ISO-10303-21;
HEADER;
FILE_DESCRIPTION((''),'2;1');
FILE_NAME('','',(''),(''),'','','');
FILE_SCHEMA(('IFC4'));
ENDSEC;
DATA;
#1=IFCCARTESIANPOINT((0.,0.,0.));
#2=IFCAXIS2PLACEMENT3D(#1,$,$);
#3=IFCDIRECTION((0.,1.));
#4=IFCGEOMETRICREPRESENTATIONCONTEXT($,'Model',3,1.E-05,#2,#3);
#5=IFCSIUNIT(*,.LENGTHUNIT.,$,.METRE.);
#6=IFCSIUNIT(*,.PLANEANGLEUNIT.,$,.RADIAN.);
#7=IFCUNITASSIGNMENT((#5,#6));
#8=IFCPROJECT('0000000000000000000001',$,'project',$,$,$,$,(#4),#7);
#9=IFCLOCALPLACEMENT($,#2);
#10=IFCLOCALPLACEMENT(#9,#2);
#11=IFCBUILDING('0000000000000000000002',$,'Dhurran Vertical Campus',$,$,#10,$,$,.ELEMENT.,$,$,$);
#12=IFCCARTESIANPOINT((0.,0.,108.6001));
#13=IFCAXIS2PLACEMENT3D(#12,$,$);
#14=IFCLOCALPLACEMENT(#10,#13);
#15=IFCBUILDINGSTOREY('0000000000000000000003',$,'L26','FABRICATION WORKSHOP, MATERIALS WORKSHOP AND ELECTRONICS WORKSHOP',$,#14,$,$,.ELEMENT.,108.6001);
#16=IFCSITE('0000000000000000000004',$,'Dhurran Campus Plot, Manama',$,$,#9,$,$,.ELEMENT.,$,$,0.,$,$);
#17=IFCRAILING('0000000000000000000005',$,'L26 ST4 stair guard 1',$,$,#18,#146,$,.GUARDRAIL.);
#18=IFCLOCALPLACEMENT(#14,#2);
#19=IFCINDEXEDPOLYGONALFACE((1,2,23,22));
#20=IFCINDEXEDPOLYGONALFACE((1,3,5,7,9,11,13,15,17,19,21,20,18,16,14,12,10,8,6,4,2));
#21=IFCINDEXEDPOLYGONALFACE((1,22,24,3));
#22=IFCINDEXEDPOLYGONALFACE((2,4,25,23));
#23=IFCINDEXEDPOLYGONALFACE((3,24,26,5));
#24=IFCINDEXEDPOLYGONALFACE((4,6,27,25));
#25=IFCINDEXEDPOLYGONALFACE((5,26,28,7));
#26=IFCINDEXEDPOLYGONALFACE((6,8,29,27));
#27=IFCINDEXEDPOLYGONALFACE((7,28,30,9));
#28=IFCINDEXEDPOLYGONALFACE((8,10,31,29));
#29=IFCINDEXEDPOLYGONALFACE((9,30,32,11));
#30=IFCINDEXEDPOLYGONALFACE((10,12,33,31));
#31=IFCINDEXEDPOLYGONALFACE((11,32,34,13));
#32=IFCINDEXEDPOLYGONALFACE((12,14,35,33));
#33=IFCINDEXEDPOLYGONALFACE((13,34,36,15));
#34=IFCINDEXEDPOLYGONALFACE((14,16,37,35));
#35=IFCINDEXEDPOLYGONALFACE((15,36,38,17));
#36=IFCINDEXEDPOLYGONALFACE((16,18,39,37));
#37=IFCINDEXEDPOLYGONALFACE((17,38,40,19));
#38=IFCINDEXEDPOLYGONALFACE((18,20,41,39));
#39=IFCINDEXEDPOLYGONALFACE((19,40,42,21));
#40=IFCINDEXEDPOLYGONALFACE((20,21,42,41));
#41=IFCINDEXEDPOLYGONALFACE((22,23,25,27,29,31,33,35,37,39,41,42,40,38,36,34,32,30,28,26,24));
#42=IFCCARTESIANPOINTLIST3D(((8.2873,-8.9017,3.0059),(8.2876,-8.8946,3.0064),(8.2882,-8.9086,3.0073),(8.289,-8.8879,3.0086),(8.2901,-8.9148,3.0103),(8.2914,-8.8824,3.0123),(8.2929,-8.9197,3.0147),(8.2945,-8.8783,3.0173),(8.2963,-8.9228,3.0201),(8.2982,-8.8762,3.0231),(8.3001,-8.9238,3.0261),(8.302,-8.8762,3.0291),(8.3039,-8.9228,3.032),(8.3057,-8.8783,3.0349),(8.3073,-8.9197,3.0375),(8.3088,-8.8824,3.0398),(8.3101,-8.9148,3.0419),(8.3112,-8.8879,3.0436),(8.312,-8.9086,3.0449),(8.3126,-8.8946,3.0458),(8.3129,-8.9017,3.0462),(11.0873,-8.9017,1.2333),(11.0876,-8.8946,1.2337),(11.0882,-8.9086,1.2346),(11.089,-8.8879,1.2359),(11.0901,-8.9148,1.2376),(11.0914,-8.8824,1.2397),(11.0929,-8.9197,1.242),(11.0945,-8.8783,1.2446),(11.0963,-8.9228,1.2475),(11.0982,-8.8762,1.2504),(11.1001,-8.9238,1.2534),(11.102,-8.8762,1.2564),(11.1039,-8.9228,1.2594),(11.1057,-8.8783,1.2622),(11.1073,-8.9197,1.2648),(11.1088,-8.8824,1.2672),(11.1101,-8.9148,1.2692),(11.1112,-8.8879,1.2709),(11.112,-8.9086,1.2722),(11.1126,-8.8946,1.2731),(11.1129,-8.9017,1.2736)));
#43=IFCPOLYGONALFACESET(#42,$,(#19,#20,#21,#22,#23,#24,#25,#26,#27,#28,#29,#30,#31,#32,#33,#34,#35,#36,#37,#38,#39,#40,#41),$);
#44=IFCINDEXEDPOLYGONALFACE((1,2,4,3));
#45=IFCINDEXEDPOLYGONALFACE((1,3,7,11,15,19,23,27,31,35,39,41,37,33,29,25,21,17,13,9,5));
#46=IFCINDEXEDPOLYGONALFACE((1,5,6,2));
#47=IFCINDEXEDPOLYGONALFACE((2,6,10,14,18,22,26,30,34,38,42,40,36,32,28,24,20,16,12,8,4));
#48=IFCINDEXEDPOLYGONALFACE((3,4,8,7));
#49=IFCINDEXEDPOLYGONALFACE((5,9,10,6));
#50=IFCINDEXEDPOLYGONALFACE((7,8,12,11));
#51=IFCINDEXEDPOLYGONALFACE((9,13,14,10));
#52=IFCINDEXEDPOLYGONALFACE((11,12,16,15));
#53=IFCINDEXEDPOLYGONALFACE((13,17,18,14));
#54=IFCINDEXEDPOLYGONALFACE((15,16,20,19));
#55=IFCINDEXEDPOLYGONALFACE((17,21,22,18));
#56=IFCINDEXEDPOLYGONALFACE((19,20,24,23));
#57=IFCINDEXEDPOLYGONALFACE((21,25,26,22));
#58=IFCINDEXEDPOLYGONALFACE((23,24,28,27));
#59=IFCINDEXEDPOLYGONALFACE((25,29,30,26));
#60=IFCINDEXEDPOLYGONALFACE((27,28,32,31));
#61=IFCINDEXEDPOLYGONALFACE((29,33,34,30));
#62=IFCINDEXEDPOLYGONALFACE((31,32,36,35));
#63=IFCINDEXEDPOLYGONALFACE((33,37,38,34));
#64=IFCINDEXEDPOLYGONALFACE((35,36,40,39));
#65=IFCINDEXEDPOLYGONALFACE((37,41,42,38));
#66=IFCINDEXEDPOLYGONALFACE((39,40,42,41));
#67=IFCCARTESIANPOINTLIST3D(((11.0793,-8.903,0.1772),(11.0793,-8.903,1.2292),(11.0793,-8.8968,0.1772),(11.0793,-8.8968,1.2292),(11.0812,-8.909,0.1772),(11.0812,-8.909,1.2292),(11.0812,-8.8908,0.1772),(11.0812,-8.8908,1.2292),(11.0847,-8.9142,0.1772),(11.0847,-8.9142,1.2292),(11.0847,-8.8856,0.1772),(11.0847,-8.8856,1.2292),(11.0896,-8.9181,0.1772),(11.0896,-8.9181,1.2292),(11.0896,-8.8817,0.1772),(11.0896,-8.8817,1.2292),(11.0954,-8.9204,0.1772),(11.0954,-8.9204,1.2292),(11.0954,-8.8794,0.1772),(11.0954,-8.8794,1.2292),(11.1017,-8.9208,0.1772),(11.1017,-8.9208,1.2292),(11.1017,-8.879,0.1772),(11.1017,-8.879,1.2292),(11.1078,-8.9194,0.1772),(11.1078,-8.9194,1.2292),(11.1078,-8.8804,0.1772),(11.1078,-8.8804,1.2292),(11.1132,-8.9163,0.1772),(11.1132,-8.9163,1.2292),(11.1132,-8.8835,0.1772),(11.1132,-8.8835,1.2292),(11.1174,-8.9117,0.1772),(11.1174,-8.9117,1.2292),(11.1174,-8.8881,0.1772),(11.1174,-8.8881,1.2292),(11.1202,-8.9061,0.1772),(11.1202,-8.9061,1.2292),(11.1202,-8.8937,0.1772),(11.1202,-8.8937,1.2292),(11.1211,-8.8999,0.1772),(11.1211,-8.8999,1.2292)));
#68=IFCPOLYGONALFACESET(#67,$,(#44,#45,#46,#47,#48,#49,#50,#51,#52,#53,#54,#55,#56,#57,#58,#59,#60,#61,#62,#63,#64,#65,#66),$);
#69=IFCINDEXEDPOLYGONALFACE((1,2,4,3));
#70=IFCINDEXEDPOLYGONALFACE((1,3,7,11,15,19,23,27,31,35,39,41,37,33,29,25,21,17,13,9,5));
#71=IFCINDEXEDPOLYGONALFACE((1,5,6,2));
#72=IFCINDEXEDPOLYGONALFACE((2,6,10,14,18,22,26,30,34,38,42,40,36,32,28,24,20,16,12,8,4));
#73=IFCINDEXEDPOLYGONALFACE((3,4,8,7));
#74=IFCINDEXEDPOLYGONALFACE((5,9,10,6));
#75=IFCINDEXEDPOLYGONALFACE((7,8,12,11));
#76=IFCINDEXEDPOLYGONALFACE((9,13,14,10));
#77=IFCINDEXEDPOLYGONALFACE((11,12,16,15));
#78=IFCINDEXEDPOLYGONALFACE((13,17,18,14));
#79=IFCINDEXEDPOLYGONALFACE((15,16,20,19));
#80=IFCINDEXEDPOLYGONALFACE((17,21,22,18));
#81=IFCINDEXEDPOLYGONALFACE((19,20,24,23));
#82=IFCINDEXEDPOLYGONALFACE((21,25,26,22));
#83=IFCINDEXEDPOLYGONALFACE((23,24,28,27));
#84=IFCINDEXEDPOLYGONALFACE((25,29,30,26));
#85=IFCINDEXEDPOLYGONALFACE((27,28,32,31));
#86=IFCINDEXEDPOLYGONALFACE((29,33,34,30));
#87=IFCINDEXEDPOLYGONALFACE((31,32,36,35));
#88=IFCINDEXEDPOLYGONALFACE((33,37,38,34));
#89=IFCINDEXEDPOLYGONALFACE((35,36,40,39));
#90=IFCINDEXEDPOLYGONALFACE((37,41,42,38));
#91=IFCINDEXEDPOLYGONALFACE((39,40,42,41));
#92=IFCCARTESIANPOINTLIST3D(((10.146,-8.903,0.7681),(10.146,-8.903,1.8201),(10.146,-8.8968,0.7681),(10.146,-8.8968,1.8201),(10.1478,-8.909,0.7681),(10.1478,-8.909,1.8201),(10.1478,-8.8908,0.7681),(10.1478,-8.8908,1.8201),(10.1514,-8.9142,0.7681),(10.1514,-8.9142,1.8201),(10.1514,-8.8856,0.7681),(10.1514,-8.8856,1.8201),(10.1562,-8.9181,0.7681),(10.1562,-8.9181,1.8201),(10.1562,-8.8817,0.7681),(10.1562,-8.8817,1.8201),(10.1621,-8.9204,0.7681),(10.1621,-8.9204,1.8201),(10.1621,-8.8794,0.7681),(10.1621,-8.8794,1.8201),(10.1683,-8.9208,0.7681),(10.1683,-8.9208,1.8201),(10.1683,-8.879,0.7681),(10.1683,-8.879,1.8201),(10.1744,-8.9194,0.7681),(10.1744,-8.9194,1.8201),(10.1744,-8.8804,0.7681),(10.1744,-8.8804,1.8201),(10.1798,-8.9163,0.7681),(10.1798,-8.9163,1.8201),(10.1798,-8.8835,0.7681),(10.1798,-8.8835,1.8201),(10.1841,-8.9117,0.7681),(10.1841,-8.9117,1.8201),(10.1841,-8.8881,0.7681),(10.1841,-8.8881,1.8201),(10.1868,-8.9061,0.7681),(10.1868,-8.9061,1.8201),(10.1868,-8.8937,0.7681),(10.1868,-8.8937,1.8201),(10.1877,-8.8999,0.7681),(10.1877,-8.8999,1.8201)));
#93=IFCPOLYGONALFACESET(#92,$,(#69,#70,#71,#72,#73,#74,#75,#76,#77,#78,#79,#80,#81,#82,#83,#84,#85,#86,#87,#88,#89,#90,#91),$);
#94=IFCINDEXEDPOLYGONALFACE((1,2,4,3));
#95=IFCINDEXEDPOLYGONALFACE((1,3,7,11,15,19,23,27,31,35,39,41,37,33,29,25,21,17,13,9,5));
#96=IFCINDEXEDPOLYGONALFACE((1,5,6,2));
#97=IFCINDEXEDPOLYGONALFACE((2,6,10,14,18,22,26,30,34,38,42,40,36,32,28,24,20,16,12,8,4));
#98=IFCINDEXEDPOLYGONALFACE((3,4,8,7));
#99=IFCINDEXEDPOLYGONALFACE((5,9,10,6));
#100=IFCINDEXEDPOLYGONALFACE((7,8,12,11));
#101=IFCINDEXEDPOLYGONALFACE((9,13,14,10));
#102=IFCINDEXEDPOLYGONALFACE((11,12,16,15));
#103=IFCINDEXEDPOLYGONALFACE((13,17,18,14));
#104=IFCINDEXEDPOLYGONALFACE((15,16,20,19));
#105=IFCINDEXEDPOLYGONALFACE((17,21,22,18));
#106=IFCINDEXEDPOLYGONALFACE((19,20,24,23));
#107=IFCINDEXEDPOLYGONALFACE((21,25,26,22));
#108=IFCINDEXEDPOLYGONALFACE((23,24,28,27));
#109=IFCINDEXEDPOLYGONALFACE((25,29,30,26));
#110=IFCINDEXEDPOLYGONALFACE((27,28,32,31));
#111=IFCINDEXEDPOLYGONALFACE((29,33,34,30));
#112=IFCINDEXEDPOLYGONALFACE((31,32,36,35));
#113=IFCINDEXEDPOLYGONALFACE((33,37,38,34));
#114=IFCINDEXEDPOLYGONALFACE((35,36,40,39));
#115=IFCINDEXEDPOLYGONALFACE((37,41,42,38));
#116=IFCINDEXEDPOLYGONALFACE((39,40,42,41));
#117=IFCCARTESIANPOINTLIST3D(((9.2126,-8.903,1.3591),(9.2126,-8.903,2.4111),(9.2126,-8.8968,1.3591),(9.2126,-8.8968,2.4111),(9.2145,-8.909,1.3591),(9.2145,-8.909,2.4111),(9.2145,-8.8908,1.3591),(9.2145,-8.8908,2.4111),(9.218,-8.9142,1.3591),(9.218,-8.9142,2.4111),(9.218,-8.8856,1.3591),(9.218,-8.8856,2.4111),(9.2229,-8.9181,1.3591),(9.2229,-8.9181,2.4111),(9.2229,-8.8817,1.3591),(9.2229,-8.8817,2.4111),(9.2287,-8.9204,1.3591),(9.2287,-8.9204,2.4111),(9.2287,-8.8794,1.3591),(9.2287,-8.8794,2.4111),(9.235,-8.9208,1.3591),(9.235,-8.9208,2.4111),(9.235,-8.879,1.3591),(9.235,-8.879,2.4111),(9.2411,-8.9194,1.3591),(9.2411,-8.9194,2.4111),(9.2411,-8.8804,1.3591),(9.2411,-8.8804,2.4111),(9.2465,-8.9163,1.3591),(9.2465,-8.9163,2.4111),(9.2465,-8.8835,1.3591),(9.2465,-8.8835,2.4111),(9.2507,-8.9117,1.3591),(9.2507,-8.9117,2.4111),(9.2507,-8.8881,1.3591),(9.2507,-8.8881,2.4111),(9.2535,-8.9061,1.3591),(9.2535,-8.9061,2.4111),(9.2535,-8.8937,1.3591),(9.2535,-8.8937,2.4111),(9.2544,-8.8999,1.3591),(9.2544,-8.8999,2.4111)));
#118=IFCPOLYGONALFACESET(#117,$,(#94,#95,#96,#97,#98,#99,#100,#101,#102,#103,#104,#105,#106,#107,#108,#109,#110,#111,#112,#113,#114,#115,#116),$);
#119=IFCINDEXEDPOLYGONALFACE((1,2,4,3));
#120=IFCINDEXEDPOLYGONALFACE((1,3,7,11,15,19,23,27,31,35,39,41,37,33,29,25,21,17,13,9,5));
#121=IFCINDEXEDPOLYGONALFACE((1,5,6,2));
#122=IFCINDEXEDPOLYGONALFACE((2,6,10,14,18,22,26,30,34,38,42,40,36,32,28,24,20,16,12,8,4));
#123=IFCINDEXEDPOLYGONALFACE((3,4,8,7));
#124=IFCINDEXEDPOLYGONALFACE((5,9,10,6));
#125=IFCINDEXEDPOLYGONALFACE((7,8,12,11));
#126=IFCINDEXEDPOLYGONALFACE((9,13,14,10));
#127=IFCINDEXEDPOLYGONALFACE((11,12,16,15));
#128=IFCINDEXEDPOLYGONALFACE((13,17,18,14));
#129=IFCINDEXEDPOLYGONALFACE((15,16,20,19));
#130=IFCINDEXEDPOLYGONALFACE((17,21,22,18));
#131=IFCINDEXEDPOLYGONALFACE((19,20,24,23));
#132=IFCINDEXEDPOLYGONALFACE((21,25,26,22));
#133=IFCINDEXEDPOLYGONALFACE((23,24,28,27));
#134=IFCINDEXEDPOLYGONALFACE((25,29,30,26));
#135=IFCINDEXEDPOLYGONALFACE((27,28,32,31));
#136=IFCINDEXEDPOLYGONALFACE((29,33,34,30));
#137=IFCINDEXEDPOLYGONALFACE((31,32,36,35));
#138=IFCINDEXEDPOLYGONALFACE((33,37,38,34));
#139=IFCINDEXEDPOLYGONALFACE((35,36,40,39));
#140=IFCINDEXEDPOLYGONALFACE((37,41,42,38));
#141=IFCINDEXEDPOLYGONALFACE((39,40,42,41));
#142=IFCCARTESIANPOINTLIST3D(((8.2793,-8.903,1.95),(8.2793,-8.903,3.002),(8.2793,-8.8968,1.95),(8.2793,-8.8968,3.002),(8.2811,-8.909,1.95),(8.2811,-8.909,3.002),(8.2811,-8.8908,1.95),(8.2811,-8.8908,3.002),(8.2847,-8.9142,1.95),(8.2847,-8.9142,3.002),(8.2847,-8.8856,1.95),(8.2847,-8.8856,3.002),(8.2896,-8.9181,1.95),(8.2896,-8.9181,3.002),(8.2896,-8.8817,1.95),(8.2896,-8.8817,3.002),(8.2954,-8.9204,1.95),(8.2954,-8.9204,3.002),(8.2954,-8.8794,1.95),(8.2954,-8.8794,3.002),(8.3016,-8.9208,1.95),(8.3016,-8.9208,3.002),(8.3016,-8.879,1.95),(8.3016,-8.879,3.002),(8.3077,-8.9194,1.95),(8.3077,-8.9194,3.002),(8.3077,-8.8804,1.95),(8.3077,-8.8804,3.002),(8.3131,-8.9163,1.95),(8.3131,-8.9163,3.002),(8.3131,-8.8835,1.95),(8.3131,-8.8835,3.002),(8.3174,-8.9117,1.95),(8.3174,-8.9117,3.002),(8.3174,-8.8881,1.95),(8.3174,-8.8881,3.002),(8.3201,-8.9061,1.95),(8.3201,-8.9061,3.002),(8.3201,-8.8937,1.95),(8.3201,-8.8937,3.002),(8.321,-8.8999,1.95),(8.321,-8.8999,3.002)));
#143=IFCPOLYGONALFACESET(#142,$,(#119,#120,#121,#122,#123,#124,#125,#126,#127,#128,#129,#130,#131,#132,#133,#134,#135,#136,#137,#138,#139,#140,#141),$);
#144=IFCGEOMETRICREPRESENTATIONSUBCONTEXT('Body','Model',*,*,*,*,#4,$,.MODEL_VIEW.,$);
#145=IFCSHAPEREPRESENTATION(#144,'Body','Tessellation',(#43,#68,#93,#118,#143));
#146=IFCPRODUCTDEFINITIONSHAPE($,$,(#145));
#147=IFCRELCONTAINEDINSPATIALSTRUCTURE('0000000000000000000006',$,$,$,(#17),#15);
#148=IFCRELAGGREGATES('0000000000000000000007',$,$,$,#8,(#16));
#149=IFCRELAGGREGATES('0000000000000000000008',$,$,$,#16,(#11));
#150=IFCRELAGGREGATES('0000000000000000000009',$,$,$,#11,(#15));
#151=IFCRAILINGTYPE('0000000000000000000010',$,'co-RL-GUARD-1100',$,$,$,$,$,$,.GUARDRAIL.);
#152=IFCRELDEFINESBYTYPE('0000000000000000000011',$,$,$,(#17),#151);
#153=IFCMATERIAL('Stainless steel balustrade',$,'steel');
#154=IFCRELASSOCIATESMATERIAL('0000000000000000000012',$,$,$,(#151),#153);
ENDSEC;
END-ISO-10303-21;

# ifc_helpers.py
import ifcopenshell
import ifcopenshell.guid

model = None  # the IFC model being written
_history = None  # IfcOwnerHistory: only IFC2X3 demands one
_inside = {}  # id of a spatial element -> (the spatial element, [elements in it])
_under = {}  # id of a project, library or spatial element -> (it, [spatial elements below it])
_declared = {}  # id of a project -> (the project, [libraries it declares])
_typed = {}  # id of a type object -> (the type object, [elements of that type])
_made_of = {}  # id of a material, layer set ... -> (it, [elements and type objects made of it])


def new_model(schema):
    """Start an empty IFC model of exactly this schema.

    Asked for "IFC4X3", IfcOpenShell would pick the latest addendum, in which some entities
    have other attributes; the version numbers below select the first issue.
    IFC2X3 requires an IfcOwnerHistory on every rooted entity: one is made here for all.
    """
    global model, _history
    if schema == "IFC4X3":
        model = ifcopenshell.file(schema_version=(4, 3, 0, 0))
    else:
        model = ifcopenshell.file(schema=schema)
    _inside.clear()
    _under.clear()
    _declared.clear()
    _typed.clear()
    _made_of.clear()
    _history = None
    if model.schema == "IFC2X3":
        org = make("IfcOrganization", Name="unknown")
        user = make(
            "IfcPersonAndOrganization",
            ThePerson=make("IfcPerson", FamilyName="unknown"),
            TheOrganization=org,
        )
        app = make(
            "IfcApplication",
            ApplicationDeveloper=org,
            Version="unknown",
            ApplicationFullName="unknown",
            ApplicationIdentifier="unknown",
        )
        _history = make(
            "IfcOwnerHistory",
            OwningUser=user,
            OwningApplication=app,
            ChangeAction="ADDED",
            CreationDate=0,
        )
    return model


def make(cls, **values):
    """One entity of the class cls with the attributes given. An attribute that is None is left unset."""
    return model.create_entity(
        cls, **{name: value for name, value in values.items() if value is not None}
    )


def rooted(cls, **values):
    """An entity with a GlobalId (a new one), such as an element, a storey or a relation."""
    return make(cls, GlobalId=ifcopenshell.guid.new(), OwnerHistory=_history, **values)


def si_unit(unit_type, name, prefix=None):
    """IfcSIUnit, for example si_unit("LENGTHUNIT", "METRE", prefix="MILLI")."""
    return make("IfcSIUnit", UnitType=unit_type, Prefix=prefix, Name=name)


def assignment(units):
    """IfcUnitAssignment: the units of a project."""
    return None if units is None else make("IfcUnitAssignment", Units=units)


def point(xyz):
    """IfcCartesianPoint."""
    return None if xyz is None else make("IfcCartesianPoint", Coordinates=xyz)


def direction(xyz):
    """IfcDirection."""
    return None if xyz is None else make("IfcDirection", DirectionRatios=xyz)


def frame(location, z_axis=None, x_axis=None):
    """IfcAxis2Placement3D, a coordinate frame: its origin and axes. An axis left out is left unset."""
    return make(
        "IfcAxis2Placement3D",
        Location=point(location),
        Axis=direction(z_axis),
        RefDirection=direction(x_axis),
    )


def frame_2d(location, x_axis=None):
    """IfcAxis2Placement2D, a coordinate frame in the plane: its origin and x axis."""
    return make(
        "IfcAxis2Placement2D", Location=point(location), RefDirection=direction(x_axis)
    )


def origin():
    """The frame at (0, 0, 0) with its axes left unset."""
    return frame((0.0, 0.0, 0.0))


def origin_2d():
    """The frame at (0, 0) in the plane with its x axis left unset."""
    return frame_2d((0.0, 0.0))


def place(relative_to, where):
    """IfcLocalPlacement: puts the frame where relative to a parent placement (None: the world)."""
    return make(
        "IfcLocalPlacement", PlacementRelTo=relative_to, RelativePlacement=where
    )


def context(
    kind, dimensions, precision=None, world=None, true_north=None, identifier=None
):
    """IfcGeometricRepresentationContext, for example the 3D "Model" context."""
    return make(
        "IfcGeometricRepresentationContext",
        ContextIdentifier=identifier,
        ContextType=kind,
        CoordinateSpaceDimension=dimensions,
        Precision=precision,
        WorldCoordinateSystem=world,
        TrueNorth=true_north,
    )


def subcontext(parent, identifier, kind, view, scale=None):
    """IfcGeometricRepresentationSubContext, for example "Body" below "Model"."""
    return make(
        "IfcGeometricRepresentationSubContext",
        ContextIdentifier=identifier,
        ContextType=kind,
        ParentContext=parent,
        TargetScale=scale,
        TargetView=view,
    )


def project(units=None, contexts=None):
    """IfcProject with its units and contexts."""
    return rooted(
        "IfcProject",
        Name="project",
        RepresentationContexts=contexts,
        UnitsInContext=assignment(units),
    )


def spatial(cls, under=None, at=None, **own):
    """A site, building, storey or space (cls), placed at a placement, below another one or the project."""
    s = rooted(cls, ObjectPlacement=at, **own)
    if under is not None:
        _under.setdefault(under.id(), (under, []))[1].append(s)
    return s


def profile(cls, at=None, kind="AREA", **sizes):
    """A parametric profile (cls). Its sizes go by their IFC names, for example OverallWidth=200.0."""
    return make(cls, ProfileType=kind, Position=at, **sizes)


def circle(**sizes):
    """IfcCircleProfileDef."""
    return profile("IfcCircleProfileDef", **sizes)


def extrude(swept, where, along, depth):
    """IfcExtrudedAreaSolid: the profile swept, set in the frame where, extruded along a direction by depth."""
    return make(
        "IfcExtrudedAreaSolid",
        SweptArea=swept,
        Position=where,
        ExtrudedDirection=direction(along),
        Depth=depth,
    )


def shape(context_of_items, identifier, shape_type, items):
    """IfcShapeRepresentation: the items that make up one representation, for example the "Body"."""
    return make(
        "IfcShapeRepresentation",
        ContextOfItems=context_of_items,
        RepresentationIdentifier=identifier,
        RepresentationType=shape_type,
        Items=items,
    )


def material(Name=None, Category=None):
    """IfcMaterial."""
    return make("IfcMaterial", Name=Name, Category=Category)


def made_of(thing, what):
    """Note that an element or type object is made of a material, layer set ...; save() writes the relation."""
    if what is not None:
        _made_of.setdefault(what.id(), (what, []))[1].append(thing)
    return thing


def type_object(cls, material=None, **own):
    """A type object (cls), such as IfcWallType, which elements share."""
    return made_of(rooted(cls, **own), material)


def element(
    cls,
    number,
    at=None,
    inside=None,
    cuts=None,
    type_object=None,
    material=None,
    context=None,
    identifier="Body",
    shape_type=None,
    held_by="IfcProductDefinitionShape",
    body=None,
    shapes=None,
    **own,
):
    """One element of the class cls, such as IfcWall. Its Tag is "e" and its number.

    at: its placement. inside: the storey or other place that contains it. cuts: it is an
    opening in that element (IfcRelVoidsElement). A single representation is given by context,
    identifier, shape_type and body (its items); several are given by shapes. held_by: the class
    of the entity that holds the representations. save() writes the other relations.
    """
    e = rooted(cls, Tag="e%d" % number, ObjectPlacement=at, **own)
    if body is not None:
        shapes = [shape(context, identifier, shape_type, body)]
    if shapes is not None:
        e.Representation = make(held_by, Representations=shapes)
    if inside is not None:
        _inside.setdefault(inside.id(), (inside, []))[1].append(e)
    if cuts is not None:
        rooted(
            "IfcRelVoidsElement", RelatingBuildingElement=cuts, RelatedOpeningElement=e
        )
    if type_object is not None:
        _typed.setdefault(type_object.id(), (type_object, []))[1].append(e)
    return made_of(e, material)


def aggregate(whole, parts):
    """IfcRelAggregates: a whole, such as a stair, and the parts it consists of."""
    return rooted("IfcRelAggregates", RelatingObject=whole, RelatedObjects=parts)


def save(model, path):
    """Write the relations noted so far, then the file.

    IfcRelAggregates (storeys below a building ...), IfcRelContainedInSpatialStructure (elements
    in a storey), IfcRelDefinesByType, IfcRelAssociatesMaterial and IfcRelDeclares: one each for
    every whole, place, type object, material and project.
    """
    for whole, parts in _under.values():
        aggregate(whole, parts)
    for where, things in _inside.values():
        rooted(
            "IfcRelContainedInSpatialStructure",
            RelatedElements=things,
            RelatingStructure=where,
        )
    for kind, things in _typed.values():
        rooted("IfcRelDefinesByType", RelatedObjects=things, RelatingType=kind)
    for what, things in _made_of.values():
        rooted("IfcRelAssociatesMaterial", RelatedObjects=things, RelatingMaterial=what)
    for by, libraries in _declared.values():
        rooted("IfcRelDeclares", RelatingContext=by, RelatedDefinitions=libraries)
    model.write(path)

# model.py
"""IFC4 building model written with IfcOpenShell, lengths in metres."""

from ifc_helpers import new_model, si_unit, direction, frame, origin, origin_2d, place, context, subcontext, project, spatial, circle, extrude, material, type_object, element, save


model = new_model("IFC4")

# Units and contexts
model_context = context("Model", 3, precision=1e-05, world=origin(), true_north=direction((0.0, 1.0)))
body_context = subcontext(model_context, "Body", "Model", "MODEL_VIEW")
ifc_project = project(units=[si_unit("LENGTHUNIT", "METRE"), si_unit("PLANEANGLEUNIT", "RADIAN")], contexts=[model_context])

# Site, building, storey
site_placement = place(None, origin())
site = spatial("IfcSite", under=ifc_project, at=site_placement, Name="Dhurran Campus Plot, Manama", CompositionType="ELEMENT", RefElevation=0.0)
building_placement = place(site_placement, origin())
building = spatial("IfcBuilding", under=site, at=building_placement, Name="Dhurran Vertical Campus", CompositionType="ELEMENT")
storey_placement = place(building_placement, frame((0.0, 0.0, 108.6001)))
storey = spatial("IfcBuildingStorey", under=building, at=storey_placement, Name="L26", Description="FABRICATION WORKSHOP, MATERIALS WORKSHOP AND ELECTRONICS WORKSHOP", CompositionType="ELEMENT", Elevation=108.6001)

# Railing
ifc_material_1 = material(Name="Stainless steel balustrade", Category="steel")
railing_type_1 = type_object("IfcRailingType", Name="co-RL-GUARD-1100", PredefinedType="GUARDRAIL", material=ifc_material_1)
railing_1_placement = place(storey_placement, frame((11.1001, -8.8999, 0.1772)))
element("IfcRailing", 1, at=railing_1_placement, inside=storey, type_object=railing_type_1, Name="L26 ST4 stair guard 1", PredefinedType="GUARDRAIL", context=body_context, shape_type="SweptSolid", body=[
    extrude(circle(Radius=0.0239, at=origin_2d()), frame((0.0, 0.0, 1.0762), z_axis=(-0.844909, 0.0, 0.53491), x_axis=(0.0, -1.0, 0.0)), (0.0, 0.0, 1.0), 3.314),
    extrude(circle(Radius=0.021, at=origin_2d()), origin(), (0.0, 0.0, 1.0), 1.052),
    extrude(circle(Radius=0.021, at=origin_2d()), frame((-0.9333, 0.0, 0.5908)), (0.0, 0.0, 1.0), 1.052),
    extrude(circle(Radius=0.021, at=origin_2d()), frame((-1.8667, 0.0, 1.1819)), (0.0, 0.0, 1.0), 1.052),
    extrude(circle(Radius=0.021, at=origin_2d()), frame((-2.8, 0.0, 1.7727)), (0.0, 0.0, 1.0), 1.052),
])

save(model, "model.ifc")
